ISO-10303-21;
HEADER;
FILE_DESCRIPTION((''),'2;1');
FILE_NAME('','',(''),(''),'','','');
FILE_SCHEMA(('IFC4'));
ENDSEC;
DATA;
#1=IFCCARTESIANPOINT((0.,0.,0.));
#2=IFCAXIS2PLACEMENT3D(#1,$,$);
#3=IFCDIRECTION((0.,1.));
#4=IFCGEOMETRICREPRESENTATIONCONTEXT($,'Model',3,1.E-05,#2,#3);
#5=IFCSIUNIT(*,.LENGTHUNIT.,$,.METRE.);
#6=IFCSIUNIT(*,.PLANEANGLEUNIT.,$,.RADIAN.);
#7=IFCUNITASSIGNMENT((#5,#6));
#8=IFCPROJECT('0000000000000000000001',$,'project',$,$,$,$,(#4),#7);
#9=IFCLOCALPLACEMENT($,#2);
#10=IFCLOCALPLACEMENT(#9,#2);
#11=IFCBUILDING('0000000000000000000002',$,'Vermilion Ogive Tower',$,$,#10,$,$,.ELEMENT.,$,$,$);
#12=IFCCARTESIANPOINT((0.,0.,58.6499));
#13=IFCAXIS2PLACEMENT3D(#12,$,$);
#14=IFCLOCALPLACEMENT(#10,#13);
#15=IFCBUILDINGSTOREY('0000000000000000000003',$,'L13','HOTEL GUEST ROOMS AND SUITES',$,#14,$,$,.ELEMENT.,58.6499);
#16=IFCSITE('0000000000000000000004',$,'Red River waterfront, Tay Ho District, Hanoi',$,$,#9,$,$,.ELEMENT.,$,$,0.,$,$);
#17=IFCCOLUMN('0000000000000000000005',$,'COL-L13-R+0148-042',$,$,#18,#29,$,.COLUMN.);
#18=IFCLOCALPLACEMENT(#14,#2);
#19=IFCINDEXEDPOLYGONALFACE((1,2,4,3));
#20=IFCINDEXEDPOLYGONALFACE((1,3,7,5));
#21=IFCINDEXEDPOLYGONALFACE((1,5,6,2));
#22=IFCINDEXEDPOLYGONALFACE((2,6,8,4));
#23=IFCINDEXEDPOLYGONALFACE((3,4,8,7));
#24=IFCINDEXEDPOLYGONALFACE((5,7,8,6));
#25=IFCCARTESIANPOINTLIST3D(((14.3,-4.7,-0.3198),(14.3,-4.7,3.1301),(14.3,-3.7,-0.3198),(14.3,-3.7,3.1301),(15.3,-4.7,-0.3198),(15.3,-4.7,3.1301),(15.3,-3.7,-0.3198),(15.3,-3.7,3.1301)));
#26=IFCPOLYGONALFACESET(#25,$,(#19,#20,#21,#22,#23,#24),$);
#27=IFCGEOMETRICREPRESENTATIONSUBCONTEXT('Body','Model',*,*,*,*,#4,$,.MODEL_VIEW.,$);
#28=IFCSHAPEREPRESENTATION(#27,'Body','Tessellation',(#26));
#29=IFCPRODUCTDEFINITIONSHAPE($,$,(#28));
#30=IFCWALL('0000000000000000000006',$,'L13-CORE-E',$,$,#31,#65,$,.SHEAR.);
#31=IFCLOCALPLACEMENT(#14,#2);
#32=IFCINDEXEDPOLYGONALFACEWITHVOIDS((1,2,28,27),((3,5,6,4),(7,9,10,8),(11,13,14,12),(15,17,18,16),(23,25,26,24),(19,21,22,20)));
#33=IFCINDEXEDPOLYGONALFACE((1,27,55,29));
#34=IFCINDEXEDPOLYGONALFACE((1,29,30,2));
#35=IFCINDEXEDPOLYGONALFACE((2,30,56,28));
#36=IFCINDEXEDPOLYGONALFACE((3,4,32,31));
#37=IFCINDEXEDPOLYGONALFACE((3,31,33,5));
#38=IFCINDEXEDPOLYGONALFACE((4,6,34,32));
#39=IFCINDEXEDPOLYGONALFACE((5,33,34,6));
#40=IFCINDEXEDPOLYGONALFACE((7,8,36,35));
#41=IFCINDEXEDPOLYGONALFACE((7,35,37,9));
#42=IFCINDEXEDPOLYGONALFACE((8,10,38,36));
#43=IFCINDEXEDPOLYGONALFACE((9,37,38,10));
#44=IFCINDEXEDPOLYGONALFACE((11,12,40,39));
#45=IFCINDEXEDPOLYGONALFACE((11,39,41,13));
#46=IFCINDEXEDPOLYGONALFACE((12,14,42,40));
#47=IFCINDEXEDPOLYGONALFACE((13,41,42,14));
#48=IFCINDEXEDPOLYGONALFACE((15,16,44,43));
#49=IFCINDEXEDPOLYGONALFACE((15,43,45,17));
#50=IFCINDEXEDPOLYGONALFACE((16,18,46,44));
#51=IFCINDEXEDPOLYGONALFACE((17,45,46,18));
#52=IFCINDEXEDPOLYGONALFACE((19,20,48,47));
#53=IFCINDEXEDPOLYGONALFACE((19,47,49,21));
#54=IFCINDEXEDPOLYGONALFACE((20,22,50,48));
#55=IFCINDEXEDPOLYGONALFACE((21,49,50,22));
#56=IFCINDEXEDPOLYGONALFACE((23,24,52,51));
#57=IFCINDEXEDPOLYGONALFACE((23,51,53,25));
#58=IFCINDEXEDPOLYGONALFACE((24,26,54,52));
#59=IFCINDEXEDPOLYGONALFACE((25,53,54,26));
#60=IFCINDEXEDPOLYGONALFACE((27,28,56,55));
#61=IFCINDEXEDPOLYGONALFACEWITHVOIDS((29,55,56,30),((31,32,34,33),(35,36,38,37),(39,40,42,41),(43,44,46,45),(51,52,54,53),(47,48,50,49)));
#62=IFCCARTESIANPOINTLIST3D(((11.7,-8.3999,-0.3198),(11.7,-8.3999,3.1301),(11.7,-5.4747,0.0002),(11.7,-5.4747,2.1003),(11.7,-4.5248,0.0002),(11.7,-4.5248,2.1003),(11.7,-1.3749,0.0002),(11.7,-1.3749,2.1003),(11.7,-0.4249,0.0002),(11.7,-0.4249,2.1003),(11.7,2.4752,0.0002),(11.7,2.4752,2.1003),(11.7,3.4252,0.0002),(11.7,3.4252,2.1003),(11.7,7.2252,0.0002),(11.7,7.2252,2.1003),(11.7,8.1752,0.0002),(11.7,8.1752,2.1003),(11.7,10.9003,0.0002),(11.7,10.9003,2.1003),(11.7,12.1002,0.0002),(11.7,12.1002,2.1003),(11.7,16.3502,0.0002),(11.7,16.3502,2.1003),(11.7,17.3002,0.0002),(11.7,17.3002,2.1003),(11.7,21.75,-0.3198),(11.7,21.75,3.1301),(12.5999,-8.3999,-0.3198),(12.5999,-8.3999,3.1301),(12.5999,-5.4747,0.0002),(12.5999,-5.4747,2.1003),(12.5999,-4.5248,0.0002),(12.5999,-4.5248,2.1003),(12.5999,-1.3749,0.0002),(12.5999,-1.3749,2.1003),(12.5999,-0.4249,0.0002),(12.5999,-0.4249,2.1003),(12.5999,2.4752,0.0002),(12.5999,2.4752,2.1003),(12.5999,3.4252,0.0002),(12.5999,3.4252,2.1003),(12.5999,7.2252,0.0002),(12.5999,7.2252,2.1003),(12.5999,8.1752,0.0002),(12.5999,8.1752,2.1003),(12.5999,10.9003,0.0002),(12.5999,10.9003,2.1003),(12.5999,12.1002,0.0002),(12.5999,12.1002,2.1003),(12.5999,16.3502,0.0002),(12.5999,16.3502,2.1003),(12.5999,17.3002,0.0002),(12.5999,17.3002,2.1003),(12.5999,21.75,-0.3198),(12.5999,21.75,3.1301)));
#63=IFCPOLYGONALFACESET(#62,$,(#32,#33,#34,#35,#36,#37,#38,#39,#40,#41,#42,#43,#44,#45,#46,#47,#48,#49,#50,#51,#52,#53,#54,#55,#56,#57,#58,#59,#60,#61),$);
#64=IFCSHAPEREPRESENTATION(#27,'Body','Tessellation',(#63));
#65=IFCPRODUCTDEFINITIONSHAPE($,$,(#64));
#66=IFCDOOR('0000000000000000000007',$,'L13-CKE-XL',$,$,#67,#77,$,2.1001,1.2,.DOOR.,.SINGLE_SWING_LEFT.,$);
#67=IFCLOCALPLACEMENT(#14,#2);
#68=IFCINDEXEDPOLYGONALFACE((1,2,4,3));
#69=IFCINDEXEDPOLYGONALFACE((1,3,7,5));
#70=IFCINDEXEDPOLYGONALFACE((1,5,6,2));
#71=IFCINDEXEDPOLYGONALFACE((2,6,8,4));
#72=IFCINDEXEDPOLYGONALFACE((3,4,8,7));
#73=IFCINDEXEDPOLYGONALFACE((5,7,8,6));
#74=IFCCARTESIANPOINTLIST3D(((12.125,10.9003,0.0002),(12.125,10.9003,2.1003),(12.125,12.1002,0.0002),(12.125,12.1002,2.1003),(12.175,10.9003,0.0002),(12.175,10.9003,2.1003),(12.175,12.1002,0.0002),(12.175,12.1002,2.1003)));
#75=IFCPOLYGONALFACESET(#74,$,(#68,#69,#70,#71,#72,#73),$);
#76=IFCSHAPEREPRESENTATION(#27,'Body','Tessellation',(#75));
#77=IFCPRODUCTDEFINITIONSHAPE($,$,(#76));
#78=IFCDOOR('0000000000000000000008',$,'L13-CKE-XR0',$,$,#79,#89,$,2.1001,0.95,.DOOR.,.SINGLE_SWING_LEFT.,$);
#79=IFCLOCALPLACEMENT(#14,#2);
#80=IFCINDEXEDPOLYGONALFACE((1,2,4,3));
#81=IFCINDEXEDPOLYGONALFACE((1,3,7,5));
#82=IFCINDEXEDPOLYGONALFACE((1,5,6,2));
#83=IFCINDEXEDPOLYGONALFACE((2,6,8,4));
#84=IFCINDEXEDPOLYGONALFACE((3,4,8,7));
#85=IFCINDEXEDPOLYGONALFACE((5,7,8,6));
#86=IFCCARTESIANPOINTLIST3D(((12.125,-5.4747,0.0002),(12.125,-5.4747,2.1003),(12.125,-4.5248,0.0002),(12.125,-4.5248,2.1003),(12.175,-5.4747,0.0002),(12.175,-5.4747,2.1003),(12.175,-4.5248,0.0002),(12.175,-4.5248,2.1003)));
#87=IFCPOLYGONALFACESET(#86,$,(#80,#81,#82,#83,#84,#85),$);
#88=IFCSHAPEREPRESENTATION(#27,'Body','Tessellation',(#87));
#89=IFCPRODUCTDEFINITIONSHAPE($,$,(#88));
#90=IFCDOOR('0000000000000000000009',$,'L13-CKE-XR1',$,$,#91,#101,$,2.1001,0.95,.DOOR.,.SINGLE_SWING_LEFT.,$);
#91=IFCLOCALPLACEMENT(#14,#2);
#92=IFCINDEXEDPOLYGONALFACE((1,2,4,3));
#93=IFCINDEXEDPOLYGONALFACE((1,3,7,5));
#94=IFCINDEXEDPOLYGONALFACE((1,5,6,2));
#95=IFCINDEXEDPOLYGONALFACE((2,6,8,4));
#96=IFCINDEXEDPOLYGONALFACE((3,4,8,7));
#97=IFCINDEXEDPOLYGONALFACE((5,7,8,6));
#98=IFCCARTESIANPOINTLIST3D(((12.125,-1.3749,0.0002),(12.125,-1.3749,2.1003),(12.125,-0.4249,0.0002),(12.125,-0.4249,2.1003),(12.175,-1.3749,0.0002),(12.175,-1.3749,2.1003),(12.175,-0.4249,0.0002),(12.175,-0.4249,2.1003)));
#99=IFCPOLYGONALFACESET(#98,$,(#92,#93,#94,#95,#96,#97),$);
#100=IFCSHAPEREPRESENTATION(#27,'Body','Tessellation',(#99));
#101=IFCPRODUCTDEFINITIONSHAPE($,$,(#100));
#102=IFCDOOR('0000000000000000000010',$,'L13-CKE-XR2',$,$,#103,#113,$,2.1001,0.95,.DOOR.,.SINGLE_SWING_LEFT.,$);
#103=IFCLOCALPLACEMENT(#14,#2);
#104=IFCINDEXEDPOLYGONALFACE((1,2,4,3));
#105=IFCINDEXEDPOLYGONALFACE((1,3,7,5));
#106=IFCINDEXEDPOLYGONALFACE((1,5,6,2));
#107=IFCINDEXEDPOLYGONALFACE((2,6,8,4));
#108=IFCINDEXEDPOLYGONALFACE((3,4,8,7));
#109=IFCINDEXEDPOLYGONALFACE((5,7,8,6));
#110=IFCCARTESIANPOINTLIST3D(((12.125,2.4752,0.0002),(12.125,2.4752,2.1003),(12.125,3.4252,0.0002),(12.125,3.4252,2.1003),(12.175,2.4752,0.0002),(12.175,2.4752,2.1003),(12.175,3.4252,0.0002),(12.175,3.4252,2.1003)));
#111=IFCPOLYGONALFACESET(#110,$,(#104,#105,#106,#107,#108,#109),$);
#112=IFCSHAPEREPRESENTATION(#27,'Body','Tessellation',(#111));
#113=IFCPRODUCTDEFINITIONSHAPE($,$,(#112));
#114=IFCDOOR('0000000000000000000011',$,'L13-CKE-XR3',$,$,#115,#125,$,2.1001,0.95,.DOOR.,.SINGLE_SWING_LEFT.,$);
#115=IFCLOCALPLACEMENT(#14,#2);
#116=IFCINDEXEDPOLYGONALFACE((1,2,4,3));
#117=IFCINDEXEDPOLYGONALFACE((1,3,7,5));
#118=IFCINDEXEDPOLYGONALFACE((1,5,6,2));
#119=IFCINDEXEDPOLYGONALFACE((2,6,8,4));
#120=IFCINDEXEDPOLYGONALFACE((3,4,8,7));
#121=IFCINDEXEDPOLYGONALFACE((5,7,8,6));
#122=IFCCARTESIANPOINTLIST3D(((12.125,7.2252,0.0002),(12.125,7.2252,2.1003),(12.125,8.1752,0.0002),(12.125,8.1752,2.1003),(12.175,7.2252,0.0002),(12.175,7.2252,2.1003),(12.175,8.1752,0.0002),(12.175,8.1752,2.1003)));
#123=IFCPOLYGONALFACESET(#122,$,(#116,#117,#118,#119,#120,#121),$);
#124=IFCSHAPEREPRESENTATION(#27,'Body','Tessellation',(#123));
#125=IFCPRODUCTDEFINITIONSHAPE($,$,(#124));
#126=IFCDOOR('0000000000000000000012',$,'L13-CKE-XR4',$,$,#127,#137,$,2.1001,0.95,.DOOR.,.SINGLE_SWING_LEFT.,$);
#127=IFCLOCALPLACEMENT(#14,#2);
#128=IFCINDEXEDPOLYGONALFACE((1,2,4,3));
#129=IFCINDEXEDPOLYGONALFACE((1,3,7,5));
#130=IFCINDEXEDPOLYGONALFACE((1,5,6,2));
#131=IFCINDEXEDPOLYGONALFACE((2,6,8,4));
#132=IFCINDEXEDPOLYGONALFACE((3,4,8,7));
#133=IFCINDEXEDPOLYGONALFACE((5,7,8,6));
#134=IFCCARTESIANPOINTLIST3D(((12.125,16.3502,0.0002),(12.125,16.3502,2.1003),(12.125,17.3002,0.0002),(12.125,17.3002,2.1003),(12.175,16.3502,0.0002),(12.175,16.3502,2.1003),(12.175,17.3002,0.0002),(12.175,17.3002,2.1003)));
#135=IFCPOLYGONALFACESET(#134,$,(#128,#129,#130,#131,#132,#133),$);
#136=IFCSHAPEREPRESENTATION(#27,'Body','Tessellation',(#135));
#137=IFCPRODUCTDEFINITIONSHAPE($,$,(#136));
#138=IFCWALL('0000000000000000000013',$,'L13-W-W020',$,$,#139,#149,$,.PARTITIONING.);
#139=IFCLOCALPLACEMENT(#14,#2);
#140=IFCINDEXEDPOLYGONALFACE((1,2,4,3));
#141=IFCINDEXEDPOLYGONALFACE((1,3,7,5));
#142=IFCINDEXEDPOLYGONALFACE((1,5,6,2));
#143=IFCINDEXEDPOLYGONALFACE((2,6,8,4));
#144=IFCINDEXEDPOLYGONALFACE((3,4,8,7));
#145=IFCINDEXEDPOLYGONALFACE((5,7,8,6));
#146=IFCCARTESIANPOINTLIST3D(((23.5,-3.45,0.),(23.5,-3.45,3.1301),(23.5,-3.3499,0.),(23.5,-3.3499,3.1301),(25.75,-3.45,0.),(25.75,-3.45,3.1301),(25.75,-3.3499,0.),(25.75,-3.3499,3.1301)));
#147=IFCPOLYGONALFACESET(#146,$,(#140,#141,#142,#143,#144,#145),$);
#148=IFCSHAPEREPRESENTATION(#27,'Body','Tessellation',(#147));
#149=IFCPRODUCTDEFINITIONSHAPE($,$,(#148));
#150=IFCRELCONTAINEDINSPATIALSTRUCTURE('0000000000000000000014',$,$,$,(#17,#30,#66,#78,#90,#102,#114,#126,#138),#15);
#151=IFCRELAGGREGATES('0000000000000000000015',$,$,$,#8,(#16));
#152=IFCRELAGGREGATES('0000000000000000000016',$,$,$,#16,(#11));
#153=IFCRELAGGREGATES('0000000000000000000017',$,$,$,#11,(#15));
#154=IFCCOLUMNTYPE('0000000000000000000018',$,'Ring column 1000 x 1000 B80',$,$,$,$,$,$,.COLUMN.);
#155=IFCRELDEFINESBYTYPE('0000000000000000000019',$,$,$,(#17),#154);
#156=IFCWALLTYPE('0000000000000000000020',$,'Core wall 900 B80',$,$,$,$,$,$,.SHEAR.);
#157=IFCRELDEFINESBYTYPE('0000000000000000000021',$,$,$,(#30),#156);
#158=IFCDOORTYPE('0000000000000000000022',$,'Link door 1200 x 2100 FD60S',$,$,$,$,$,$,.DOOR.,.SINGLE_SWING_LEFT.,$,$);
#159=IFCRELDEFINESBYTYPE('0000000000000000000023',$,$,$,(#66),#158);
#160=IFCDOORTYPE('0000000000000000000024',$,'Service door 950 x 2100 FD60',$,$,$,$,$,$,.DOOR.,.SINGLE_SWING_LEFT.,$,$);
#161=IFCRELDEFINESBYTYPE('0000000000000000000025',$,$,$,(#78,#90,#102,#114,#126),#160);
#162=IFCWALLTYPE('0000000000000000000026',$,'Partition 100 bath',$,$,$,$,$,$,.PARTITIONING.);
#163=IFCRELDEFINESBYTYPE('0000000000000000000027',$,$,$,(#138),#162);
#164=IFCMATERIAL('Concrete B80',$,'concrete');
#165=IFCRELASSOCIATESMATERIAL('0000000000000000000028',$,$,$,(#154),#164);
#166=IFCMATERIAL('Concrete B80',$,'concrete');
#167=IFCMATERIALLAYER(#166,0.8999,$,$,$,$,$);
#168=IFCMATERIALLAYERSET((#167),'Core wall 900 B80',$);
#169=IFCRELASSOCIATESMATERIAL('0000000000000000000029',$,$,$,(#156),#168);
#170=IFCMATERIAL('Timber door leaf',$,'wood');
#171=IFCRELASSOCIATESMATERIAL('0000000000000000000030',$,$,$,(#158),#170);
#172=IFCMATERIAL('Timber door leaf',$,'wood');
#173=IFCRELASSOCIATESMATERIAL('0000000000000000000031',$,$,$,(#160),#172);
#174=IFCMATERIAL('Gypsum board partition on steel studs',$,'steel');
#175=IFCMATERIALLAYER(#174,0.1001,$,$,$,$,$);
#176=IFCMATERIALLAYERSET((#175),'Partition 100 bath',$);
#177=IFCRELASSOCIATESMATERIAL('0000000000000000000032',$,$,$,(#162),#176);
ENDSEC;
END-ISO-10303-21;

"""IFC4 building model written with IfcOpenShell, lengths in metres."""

from ifc_helpers import new_model, si_unit, direction, frame, frame_2d, origin, origin_2d, place, context, subcontext, project, spatial, rectangle, extrude, material, layer, layer_set, material_profile, profile_set, type_object, element, fill, save


model = new_model("IFC4")

# Units and contexts
model_context = context("Model", 3, precision=1e-05, world=origin(), true_north=direction((0.0, 1.0)))
body_context = subcontext(model_context, "Body", "Model", "MODEL_VIEW")
ifc_project = project(units=[si_unit("LENGTHUNIT", "METRE"), si_unit("PLANEANGLEUNIT", "RADIAN")], contexts=[model_context])

# Site, building, storey
site_placement = place(None, origin())
site = spatial("IfcSite", under=ifc_project, at=site_placement, Name="Red River waterfront, Tay Ho District, Hanoi", CompositionType="ELEMENT", RefElevation=0.0)
building_placement = place(site_placement, origin())
building = spatial("IfcBuilding", under=site, at=building_placement, Name="Vermilion Ogive Tower", CompositionType="ELEMENT")
storey_placement = place(building_placement, frame((0.0, 0.0, 58.6499)))
storey = spatial("IfcBuildingStorey", under=building, at=storey_placement, Name="L13", Description="HOTEL GUEST ROOMS AND SUITES", CompositionType="ELEMENT", Elevation=58.6499)

# Column
ifc_material_1 = material(Name="Concrete B80", Category="concrete")
ifc_material_profile = material_profile(ifc_material_1, rectangle(XDim=1.0, YDim=1.0, at=origin_2d()), Name="1000 x 1000")
ifc_profile_set = profile_set([ifc_material_profile], Name="Concrete B80")
column_type = type_object("IfcColumnType", Name="Ring column 1000 x 1000 B80", PredefinedType="COLUMN", material=ifc_profile_set)
column_placement = place(storey_placement, frame((14.8, -4.2, -0.3198), z_axis=(0.0, 0.0, 1.0), x_axis=(1.0, 0.0, 0.0)))
element("IfcColumn", 1, at=column_placement, inside=storey, type_object=column_type, Name="COL-L13-R+0148-042", PredefinedType="COLUMN", context=body_context, shape_type="SweptSolid", body=[
    extrude(rectangle(XDim=1.0, YDim=1.0, at=origin_2d()), origin(), (0.0, 0.0, 1.0), 3.45),
])

# Wall, openings, doors
ifc_material_2 = material(Name="Concrete B80", Category="concrete")
ifc_layer_1 = layer(ifc_material_2, 0.8999)
ifc_layer_set_1 = layer_set([ifc_layer_1], Name="Core wall 900 B80")
wall_type_1 = type_object("IfcWallType", Name="Core wall 900 B80", PredefinedType="SHEAR", material=ifc_layer_set_1)
wall_1_placement = place(storey_placement, frame((12.1499, -8.3999, -0.3198), z_axis=(0.0, 0.0, 1.0), x_axis=(0.0, 1.0, 0.0)))
wall_1 = element("IfcWall", 2, at=wall_1_placement, inside=storey, type_object=wall_type_1, Name="L13-CORE-E", PredefinedType="SHEAR", context=body_context, shape_type="SweptSolid", body=[
    extrude(rectangle(XDim=30.1499, YDim=0.8999, at=frame_2d((15.075, 0.0))), origin(), (0.0, 0.0, 1.0), 3.45),
])
opening_1_placement = place(wall_1_placement, frame((2.925, 0.0, 0.3201)))
opening_1 = element("IfcOpeningElement", 3, at=opening_1_placement, cuts=wall_1, PredefinedType="OPENING", context=body_context, shape_type="SweptSolid", body=[
    extrude(rectangle(XDim=0.95, YDim=2.1001, at=frame_2d((0.4751, 1.05))), frame((0.0, 0.46, 0.0), z_axis=(0.0, -1.0, 0.0), x_axis=(1.0, 0.0, 0.0)), (0.0, 0.0, 1.0), 0.9199),
])
opening_2_placement = place(wall_1_placement, frame((7.0249, 0.0, 0.3201)))
opening_2 = element("IfcOpeningElement", 4, at=opening_2_placement, cuts=wall_1, PredefinedType="OPENING", context=body_context, shape_type="SweptSolid", body=[
    extrude(rectangle(XDim=0.95, YDim=2.1001, at=frame_2d((0.4751, 1.05))), frame((0.0, 0.46, 0.0), z_axis=(0.0, -1.0, 0.0), x_axis=(1.0, 0.0, 0.0)), (0.0, 0.0, 1.0), 0.9199),
])
opening_3_placement = place(wall_1_placement, frame((10.875, 0.0, 0.3201)))
opening_3 = element("IfcOpeningElement", 5, at=opening_3_placement, cuts=wall_1, PredefinedType="OPENING", context=body_context, shape_type="SweptSolid", body=[
    extrude(rectangle(XDim=0.95, YDim=2.1001, at=frame_2d((0.4751, 1.05))), frame((0.0, 0.46, 0.0), z_axis=(0.0, -1.0, 0.0), x_axis=(1.0, 0.0, 0.0)), (0.0, 0.0, 1.0), 0.9199),
])
opening_4_placement = place(wall_1_placement, frame((15.625, 0.0, 0.3201)))
opening_4 = element("IfcOpeningElement", 6, at=opening_4_placement, cuts=wall_1, PredefinedType="OPENING", context=body_context, shape_type="SweptSolid", body=[
    extrude(rectangle(XDim=0.95, YDim=2.1001, at=frame_2d((0.4751, 1.05))), frame((0.0, 0.46, 0.0), z_axis=(0.0, -1.0, 0.0), x_axis=(1.0, 0.0, 0.0)), (0.0, 0.0, 1.0), 0.9199),
])
opening_5_placement = place(wall_1_placement, frame((24.75, 0.0, 0.3201)))
opening_5 = element("IfcOpeningElement", 7, at=opening_5_placement, cuts=wall_1, PredefinedType="OPENING", context=body_context, shape_type="SweptSolid", body=[
    extrude(rectangle(XDim=0.95, YDim=2.1001, at=frame_2d((0.4751, 1.05))), frame((0.0, 0.46, 0.0), z_axis=(0.0, -1.0, 0.0), x_axis=(1.0, 0.0, 0.0)), (0.0, 0.0, 1.0), 0.9199),
])
opening_6_placement = place(wall_1_placement, frame((19.3, 0.0, 0.3201)))
opening_6 = element("IfcOpeningElement", 8, at=opening_6_placement, cuts=wall_1, PredefinedType="OPENING", context=body_context, shape_type="SweptSolid", body=[
    extrude(rectangle(XDim=1.2, YDim=2.1001, at=frame_2d((0.6001, 1.05))), frame((0.0, 0.46, 0.0), z_axis=(0.0, -1.0, 0.0), x_axis=(1.0, 0.0, 0.0)), (0.0, 0.0, 1.0), 0.9199),
])
ifc_material_3 = material(Name="Timber door leaf", Category="wood")
door_type_1 = type_object("IfcDoorType", Name="Link door 1200 x 2100 FD60S", OperationType="SINGLE_SWING_LEFT", PredefinedType="DOOR", material=ifc_material_3)
door_1_placement = place(opening_6_placement, origin())
door_1 = element("IfcDoor", 9, at=door_1_placement, inside=storey, type_object=door_type_1, Name="L13-CKE-XL", OperationType="SINGLE_SWING_LEFT", OverallHeight=2.1001, OverallWidth=1.2, PredefinedType="DOOR", context=body_context, shape_type="SweptSolid", body=[
    extrude(rectangle(XDim=1.2, YDim=2.1001, at=frame_2d((0.6001, 1.05))), frame((0.0, 0.0249, 0.0), z_axis=(0.0, -1.0, 0.0), x_axis=(1.0, 0.0, 0.0)), (0.0, 0.0, 1.0), 0.05),
])
fill(opening_6, door_1)
ifc_material_4 = material(Name="Timber door leaf", Category="wood")
door_type_2 = type_object("IfcDoorType", Name="Service door 950 x 2100 FD60", OperationType="SINGLE_SWING_LEFT", PredefinedType="DOOR", material=ifc_material_4)
door_2_placement = place(opening_1_placement, origin())
door_2 = element("IfcDoor", 10, at=door_2_placement, inside=storey, type_object=door_type_2, Name="L13-CKE-XR0", OperationType="SINGLE_SWING_LEFT", OverallHeight=2.1001, OverallWidth=0.95, PredefinedType="DOOR", context=body_context, shape_type="SweptSolid", body=[
    extrude(rectangle(XDim=0.95, YDim=2.1001, at=frame_2d((0.4751, 1.05))), frame((0.0, 0.0249, 0.0), z_axis=(0.0, -1.0, 0.0), x_axis=(1.0, 0.0, 0.0)), (0.0, 0.0, 1.0), 0.05),
])
fill(opening_1, door_2)
door_3_placement = place(opening_2_placement, origin())
door_3 = element("IfcDoor", 11, at=door_3_placement, inside=storey, type_object=door_type_2, Name="L13-CKE-XR1", OperationType="SINGLE_SWING_LEFT", OverallHeight=2.1001, OverallWidth=0.95, PredefinedType="DOOR", context=body_context, shape_type="SweptSolid", body=[
    extrude(rectangle(XDim=0.95, YDim=2.1001, at=frame_2d((0.4751, 1.05))), frame((0.0, 0.0249, 0.0), z_axis=(0.0, -1.0, 0.0), x_axis=(1.0, 0.0, 0.0)), (0.0, 0.0, 1.0), 0.05),
])
fill(opening_2, door_3)
door_4_placement = place(opening_3_placement, origin())
door_4 = element("IfcDoor", 12, at=door_4_placement, inside=storey, type_object=door_type_2, Name="L13-CKE-XR2", OperationType="SINGLE_SWING_LEFT", OverallHeight=2.1001, OverallWidth=0.95, PredefinedType="DOOR", context=body_context, shape_type="SweptSolid", body=[
    extrude(rectangle(XDim=0.95, YDim=2.1001, at=frame_2d((0.4751, 1.05))), frame((0.0, 0.0249, 0.0), z_axis=(0.0, -1.0, 0.0), x_axis=(1.0, 0.0, 0.0)), (0.0, 0.0, 1.0), 0.05),
])
fill(opening_3, door_4)
door_5_placement = place(opening_4_placement, origin())
door_5 = element("IfcDoor", 13, at=door_5_placement, inside=storey, type_object=door_type_2, Name="L13-CKE-XR3", OperationType="SINGLE_SWING_LEFT", OverallHeight=2.1001, OverallWidth=0.95, PredefinedType="DOOR", context=body_context, shape_type="SweptSolid", body=[
    extrude(rectangle(XDim=0.95, YDim=2.1001, at=frame_2d((0.4751, 1.05))), frame((0.0, 0.0249, 0.0), z_axis=(0.0, -1.0, 0.0), x_axis=(1.0, 0.0, 0.0)), (0.0, 0.0, 1.0), 0.05),
])
fill(opening_4, door_5)
door_6_placement = place(opening_5_placement, origin())
door_6 = element("IfcDoor", 14, at=door_6_placement, inside=storey, type_object=door_type_2, Name="L13-CKE-XR4", OperationType="SINGLE_SWING_LEFT", OverallHeight=2.1001, OverallWidth=0.95, PredefinedType="DOOR", context=body_context, shape_type="SweptSolid", body=[
    extrude(rectangle(XDim=0.95, YDim=2.1001, at=frame_2d((0.4751, 1.05))), frame((0.0, 0.0249, 0.0), z_axis=(0.0, -1.0, 0.0), x_axis=(1.0, 0.0, 0.0)), (0.0, 0.0, 1.0), 0.05),
])
fill(opening_5, door_6)

# Wall
ifc_material_5 = material(Name="Gypsum board partition on steel studs", Category="steel")
ifc_layer_2 = layer(ifc_material_5, 0.1001)
ifc_layer_set_2 = layer_set([ifc_layer_2], Name="Partition 100 bath")
wall_type_2 = type_object("IfcWallType", Name="Partition 100 bath", PredefinedType="PARTITIONING", material=ifc_layer_set_2)
wall_2_placement = place(storey_placement, frame((23.5, -3.3999, 0.0), z_axis=(0.0, 0.0, 1.0), x_axis=(1.0, 0.0, 0.0)))
element("IfcWall", 15, at=wall_2_placement, inside=storey, type_object=wall_type_2, Name="L13-W-W020", PredefinedType="PARTITIONING", context=body_context, shape_type="SweptSolid", body=[
    extrude(rectangle(XDim=2.25, YDim=0.1001, at=frame_2d((1.125, 0.0))), origin(), (0.0, 0.0, 1.0), 3.1301),
])

save(model, "model.ifc")
